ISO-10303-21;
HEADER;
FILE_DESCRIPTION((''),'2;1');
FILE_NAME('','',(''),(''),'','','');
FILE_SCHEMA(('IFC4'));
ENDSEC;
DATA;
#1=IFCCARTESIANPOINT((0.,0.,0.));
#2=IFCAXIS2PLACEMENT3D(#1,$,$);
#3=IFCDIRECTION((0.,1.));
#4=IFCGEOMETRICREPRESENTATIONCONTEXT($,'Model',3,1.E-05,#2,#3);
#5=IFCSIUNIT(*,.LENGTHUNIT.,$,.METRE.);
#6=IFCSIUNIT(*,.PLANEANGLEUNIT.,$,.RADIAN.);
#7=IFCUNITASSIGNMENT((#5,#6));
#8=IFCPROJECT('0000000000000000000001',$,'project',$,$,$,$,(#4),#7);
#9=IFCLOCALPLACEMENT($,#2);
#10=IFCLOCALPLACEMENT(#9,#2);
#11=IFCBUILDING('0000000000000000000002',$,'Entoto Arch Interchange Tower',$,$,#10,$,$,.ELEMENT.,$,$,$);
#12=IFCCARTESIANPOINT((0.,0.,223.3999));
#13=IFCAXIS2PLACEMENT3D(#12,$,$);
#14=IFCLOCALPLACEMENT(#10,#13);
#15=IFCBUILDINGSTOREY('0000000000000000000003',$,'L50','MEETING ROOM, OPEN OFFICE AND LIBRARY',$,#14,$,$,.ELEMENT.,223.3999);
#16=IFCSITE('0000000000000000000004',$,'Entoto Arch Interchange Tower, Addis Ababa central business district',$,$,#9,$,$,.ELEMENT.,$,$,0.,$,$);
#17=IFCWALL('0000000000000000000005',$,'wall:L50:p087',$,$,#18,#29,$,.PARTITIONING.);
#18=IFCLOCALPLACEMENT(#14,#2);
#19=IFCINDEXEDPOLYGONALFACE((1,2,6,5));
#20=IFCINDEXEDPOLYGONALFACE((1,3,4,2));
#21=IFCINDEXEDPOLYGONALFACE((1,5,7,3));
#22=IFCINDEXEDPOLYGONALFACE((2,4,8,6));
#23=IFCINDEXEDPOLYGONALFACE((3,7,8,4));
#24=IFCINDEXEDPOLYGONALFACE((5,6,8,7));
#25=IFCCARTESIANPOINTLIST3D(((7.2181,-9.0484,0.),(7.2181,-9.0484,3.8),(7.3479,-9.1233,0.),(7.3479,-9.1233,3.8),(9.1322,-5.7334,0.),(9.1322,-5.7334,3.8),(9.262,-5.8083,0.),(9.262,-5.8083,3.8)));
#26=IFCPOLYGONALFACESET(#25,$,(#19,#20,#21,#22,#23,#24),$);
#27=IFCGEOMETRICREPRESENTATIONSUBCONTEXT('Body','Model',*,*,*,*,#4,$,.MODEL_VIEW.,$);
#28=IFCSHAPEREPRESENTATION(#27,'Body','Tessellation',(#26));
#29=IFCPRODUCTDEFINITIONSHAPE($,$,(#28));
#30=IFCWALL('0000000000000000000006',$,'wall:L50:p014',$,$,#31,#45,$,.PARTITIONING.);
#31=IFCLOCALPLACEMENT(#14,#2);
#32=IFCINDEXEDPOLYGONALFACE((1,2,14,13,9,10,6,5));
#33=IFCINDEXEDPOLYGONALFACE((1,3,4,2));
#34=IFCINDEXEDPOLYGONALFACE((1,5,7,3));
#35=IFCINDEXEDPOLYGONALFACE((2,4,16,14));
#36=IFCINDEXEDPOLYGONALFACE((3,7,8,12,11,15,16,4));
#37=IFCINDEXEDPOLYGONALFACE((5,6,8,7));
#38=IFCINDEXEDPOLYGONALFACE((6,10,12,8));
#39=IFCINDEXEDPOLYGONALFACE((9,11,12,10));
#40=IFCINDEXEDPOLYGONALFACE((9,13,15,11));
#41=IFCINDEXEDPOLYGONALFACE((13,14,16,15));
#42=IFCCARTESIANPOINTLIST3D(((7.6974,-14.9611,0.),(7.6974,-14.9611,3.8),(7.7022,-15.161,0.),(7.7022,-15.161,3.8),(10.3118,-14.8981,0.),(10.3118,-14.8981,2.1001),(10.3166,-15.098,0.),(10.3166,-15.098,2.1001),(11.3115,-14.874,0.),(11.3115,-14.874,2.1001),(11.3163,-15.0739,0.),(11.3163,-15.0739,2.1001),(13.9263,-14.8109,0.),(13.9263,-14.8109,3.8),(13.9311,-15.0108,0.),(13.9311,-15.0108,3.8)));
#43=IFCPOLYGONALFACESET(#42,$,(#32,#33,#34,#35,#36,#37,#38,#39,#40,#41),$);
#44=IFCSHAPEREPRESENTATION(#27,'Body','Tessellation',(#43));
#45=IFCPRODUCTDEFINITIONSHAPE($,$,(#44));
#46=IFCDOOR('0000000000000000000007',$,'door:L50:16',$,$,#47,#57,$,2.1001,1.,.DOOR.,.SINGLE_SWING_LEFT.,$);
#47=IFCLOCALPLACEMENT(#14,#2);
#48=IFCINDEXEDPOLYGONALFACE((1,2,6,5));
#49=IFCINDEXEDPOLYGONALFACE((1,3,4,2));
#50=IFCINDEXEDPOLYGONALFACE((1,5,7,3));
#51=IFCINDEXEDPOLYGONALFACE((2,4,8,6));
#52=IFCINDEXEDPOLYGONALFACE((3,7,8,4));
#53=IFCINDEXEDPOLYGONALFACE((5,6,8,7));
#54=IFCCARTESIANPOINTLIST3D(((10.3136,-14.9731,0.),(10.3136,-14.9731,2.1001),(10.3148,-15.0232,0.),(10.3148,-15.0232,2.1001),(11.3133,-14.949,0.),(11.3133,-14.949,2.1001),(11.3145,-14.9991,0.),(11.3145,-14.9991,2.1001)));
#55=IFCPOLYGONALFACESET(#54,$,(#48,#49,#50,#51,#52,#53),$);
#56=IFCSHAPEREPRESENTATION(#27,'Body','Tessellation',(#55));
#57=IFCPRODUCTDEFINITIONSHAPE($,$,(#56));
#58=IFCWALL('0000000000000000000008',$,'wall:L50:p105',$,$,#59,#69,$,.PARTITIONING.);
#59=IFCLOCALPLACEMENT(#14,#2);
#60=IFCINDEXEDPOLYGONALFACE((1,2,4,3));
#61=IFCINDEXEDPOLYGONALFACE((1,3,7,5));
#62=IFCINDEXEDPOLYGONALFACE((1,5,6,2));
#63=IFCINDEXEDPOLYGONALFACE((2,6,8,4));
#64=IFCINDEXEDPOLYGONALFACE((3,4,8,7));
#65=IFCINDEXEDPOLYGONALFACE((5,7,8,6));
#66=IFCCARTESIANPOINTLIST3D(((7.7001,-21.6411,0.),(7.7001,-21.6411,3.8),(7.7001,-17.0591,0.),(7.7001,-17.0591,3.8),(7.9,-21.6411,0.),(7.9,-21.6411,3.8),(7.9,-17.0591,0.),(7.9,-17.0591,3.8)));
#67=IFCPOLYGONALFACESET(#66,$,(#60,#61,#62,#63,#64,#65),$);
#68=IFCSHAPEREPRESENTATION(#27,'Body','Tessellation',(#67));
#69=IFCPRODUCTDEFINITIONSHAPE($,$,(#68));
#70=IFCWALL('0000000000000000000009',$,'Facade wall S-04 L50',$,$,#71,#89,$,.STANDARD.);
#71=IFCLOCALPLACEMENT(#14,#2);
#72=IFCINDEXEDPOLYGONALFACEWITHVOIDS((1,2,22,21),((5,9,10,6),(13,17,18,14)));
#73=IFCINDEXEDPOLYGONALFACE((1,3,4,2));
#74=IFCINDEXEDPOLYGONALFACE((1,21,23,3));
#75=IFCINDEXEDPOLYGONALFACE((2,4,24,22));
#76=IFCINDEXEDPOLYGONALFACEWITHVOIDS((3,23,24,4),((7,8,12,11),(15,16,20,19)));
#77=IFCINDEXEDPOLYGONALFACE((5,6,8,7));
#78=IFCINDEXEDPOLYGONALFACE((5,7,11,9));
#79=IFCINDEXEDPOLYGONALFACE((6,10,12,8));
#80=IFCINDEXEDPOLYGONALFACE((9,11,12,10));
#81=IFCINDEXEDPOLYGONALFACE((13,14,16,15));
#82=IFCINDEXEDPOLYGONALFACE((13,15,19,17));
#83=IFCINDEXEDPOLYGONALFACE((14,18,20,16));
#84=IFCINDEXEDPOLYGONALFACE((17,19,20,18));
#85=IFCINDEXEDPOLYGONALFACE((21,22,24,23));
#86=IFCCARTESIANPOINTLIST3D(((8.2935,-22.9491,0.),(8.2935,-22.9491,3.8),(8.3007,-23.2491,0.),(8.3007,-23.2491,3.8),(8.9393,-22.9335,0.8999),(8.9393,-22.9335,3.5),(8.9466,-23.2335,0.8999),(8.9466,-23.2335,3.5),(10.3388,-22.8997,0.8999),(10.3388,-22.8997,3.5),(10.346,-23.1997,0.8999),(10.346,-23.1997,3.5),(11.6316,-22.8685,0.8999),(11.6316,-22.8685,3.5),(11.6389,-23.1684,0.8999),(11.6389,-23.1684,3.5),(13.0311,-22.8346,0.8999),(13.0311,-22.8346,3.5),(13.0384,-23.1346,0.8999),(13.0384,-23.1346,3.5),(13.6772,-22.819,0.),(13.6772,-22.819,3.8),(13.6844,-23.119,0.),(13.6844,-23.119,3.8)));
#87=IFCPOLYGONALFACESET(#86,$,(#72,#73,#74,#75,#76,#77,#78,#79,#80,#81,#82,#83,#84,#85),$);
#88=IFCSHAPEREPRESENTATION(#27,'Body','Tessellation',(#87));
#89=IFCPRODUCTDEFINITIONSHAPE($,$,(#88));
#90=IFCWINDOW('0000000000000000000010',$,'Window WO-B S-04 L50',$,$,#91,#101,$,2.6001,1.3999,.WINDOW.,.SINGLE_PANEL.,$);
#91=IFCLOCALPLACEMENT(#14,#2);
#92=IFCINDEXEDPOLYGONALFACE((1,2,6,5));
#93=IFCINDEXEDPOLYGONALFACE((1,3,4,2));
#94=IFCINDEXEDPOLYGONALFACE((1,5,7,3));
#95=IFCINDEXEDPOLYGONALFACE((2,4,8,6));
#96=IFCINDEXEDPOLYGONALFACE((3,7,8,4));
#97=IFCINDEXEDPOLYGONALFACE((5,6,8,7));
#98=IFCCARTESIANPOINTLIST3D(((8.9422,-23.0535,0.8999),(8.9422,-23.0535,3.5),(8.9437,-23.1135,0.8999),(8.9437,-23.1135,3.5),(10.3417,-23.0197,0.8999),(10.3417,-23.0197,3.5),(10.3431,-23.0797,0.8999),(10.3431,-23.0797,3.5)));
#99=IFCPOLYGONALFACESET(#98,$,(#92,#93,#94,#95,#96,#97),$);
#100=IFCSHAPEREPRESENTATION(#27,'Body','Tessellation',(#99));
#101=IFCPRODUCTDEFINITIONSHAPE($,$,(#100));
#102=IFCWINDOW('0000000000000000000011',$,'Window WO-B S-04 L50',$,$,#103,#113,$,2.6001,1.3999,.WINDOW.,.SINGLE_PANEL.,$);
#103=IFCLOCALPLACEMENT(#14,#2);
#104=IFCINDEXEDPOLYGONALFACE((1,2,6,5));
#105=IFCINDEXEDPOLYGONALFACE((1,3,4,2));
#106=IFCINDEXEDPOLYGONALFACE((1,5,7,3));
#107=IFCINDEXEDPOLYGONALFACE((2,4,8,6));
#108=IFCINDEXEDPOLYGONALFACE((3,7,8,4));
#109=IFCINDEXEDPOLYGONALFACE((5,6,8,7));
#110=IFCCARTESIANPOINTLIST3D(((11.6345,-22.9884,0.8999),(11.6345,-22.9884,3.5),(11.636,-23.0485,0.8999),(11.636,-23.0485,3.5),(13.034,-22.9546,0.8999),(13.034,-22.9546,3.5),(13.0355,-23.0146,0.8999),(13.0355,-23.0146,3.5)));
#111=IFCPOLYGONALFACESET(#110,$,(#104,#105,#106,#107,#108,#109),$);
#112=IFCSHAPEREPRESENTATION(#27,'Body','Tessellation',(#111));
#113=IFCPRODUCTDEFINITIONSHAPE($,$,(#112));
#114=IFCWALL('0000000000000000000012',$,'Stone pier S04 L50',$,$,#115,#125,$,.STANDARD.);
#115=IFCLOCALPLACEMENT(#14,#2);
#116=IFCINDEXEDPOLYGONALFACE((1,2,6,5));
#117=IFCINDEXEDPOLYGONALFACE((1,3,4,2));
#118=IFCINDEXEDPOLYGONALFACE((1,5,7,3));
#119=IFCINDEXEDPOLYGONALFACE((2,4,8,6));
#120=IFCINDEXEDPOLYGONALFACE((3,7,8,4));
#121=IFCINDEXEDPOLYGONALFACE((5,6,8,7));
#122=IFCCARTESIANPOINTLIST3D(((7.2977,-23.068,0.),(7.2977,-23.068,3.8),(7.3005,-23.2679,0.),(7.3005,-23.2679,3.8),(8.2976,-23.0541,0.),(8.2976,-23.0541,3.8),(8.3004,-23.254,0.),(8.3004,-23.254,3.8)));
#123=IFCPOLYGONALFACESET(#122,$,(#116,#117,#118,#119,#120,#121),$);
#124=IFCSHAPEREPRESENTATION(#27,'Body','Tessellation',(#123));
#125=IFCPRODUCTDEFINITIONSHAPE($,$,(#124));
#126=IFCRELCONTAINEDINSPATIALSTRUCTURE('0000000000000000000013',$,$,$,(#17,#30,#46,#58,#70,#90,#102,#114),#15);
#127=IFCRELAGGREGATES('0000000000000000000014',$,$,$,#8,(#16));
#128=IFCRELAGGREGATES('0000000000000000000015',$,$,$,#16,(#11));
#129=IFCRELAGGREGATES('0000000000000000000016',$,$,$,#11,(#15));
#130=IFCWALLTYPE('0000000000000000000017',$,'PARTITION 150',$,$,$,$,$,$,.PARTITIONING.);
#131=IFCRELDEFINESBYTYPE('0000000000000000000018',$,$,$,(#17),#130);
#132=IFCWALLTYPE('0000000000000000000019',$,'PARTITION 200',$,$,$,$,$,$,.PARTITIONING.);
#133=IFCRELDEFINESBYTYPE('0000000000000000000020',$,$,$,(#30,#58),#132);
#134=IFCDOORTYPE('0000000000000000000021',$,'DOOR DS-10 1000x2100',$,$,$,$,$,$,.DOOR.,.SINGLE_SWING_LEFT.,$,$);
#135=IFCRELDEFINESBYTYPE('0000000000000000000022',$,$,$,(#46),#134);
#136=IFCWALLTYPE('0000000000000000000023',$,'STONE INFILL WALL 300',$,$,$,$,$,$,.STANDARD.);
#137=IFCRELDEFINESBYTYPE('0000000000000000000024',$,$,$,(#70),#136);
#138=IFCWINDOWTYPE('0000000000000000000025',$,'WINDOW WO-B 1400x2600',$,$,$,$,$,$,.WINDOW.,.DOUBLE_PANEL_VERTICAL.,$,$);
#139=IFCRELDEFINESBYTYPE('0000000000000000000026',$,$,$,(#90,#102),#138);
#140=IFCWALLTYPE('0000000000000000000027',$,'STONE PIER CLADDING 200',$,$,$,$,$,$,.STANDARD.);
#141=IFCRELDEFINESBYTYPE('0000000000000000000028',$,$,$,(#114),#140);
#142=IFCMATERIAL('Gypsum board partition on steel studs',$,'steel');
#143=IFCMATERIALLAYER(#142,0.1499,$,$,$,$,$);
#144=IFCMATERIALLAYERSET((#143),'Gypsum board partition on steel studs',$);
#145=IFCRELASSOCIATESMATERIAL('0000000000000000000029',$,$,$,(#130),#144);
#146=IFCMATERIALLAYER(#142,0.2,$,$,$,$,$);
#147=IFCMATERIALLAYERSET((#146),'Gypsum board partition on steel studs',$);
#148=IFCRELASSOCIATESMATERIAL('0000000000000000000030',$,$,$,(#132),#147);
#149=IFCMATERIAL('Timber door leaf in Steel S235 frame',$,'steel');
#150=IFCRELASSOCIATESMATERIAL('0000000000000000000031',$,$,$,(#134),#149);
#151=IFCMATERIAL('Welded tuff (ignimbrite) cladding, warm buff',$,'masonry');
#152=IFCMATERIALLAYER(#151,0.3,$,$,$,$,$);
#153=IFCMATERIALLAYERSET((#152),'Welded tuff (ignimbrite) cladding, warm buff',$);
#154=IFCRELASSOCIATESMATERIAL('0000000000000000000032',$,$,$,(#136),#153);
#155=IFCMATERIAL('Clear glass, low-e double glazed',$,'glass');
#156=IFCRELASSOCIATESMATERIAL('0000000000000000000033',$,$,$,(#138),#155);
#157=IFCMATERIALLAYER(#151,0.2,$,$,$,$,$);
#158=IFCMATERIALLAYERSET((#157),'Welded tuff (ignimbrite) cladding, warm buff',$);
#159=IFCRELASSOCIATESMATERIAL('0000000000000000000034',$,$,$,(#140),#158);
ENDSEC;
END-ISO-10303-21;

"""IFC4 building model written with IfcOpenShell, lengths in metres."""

from ifc_helpers import new_model, si_unit, direction, frame, frame_2d, origin, place, context, subcontext, project, spatial, rectangle, extrude, material, layer, layer_set, type_object, element, fill, save


model = new_model("IFC4")

# Units and contexts
model_context = context("Model", 3, precision=1e-05, world=origin(), true_north=direction((0.0, 1.0)))
body_context = subcontext(model_context, "Body", "Model", "MODEL_VIEW")
ifc_project = project(units=[si_unit("LENGTHUNIT", "METRE"), si_unit("PLANEANGLEUNIT", "RADIAN")], contexts=[model_context])

# Site, building, storey
site_placement = place(None, origin())
site = spatial("IfcSite", under=ifc_project, at=site_placement, Name="Entoto Arch Interchange Tower, Addis Ababa central business district", CompositionType="ELEMENT", RefElevation=0.0)
building_placement = place(site_placement, origin())
building = spatial("IfcBuilding", under=site, at=building_placement, Name="Entoto Arch Interchange Tower", CompositionType="ELEMENT")
storey_placement = place(building_placement, frame((0.0, 0.0, 223.3999)))
storey = spatial("IfcBuildingStorey", under=building, at=storey_placement, Name="L50", Description="MEETING ROOM, OPEN OFFICE AND LIBRARY", CompositionType="ELEMENT", Elevation=223.3999)

# Shared definitions
ifc_material_1 = material(Name="Clear glass, low-e double glazed", Category="glass")

# Wall
ifc_material_2 = material(Name="Gypsum board partition on steel studs", Category="steel")
ifc_layer_1 = layer(ifc_material_2, 0.1499)
ifc_layer_set_1 = layer_set([ifc_layer_1], Name="Gypsum board partition on steel studs")
wall_type_1 = type_object("IfcWallType", Name="PARTITION 150", PredefinedType="PARTITIONING", material=ifc_layer_set_1)
wall_1_placement = place(storey_placement, frame((7.283, -9.0859, 0.0), z_axis=(0.0, 0.0, 1.0), x_axis=(0.500035, 0.866005, 0.0)))
element("IfcWall", 1, at=wall_1_placement, inside=storey, type_object=wall_type_1, Name="wall:L50:p087", PredefinedType="PARTITIONING", context=body_context, shape_type="SweptSolid", body=[
    extrude(rectangle(XDim=3.8279, YDim=0.1499, at=frame_2d((1.9141, 0.0))), origin(), (0.0, 0.0, 1.0), 3.8),
])

# Wall, opening, door
ifc_layer_2 = layer(ifc_material_2, 0.2)
ifc_layer_set_2 = layer_set([ifc_layer_2], Name="Gypsum board partition on steel studs")
wall_type_2 = type_object("IfcWallType", Name="PARTITION 200", PredefinedType="PARTITIONING", material=ifc_layer_set_2)
wall_2_placement = place(storey_placement, frame((7.7, -15.061, 0.0), z_axis=(0.0, 0.0, 1.0), x_axis=(0.99971, 0.024097, 0.0)))
wall_2 = element("IfcWall", 2, at=wall_2_placement, inside=storey, type_object=wall_type_2, Name="wall:L50:p014", PredefinedType="PARTITIONING", context=body_context, shape_type="SweptSolid", body=[
    extrude(rectangle(XDim=6.2307, YDim=0.2, at=frame_2d((3.1152, 0.0))), origin(), (0.0, 0.0, 1.0), 3.8),
])
opening_1_placement = place(wall_2_placement, frame((2.615, 0.0, 0.0)))
opening_1 = element("IfcOpeningElement", 3, at=opening_1_placement, cuts=wall_2, PredefinedType="OPENING", context=body_context, shape_type="SweptSolid", body=[
    extrude(rectangle(XDim=1.0, YDim=2.1001, at=frame_2d((0.5, 1.05))), frame((0.0, 0.1099, 0.0), z_axis=(0.0, -1.0, 0.0), x_axis=(1.0, 0.0, 0.0)), (0.0, 0.0, 1.0), 0.22),
])
ifc_material_3 = material(Name="Timber door leaf in Steel S235 frame", Category="steel")
door_type = type_object("IfcDoorType", Name="DOOR DS-10 1000x2100", OperationType="SINGLE_SWING_LEFT", PredefinedType="DOOR", material=ifc_material_3)
door_placement = place(opening_1_placement, origin())
door = element("IfcDoor", 4, at=door_placement, inside=storey, type_object=door_type, Name="door:L50:16", OperationType="SINGLE_SWING_LEFT", OverallHeight=2.1001, OverallWidth=1.0, PredefinedType="DOOR", context=body_context, shape_type="SweptSolid", body=[
    extrude(rectangle(XDim=1.0, YDim=2.1001, at=frame_2d((0.5, 1.05))), frame((0.0, 0.0249, 0.0), z_axis=(0.0, -1.0, 0.0), x_axis=(1.0, 0.0, 0.0)), (0.0, 0.0, 1.0), 0.05),
])
fill(opening_1, door)

# Wall
wall_3_placement = place(storey_placement, frame((7.8, -17.0591, 0.0), z_axis=(0.0, 0.0, 1.0), x_axis=(0.0, -1.0, 0.0)))
element("IfcWall", 5, at=wall_3_placement, inside=storey, type_object=wall_type_2, Name="wall:L50:p105", PredefinedType="PARTITIONING", context=body_context, shape_type="SweptSolid", body=[
    extrude(rectangle(XDim=4.582, YDim=0.2, at=frame_2d((2.291, 0.0))), origin(), (0.0, 0.0, 1.0), 3.8),
])

# Wall, openings, windows
ifc_material_4 = material(Name="Welded tuff (ignimbrite) cladding, warm buff", Category="masonry")
ifc_layer_3 = layer(ifc_material_4, 0.3)
ifc_layer_set_3 = layer_set([ifc_layer_3], Name="Welded tuff (ignimbrite) cladding, warm buff")
wall_type_3 = type_object("IfcWallType", Name="STONE INFILL WALL 300", PredefinedType="STANDARD", material=ifc_layer_set_3)
wall_4_placement = place(storey_placement, frame((8.2971, -23.0991, 0.0), z_axis=(0.0, 0.0, 1.0), x_axis=(0.999708, 0.024163, 0.0)))
wall_4 = element("IfcWall", 6, at=wall_4_placement, inside=storey, type_object=wall_type_3, Name="Facade wall S-04 L50", PredefinedType="STANDARD", context=body_context, shape_type="SweptSolid", body=[
    extrude(rectangle(XDim=5.3853, YDim=0.3, at=frame_2d((2.6926, 0.0))), origin(), (0.0, 0.0, 1.0), 3.8),
])
opening_2_placement = place(wall_4_placement, frame((0.646, 0.0, 0.8999)))
opening_2 = element("IfcOpeningElement", 7, at=opening_2_placement, cuts=wall_4, PredefinedType="OPENING", context=body_context, shape_type="SweptSolid", body=[
    extrude(rectangle(XDim=1.3999, YDim=2.6001, at=frame_2d((0.7, 1.3))), frame((0.0, 0.1602, 0.0), z_axis=(0.0, -1.0, 0.0), x_axis=(1.0, 0.0, 0.0)), (0.0, 0.0, 1.0), 0.3201),
])
opening_3_placement = place(wall_4_placement, frame((3.3391, 0.0, 0.8999)))
opening_3 = element("IfcOpeningElement", 8, at=opening_3_placement, cuts=wall_4, PredefinedType="OPENING", context=body_context, shape_type="SweptSolid", body=[
    extrude(rectangle(XDim=1.3999, YDim=2.6001, at=frame_2d((0.7, 1.3))), frame((0.0, 0.1602, 0.0), z_axis=(0.0, -1.0, 0.0), x_axis=(1.0, 0.0, 0.0)), (0.0, 0.0, 1.0), 0.3201),
])
window_type = type_object("IfcWindowType", Name="WINDOW WO-B 1400x2600", PartitioningType="DOUBLE_PANEL_VERTICAL", PredefinedType="WINDOW", material=ifc_material_1)
window_1_placement = place(opening_2_placement, origin())
window_1 = element("IfcWindow", 9, at=window_1_placement, inside=storey, type_object=window_type, Name="Window WO-B S-04 L50", OverallHeight=2.6001, OverallWidth=1.3999, PartitioningType="SINGLE_PANEL", PredefinedType="WINDOW", context=body_context, shape_type="SweptSolid", body=[
    extrude(rectangle(XDim=1.3999, YDim=2.6001, at=frame_2d((0.7, 1.3))), frame((0.0, 0.03, 0.0), z_axis=(0.0, -1.0, 0.0), x_axis=(1.0, 0.0, 0.0)), (0.0, 0.0, 1.0), 0.0601),
])
fill(opening_2, window_1)
window_2_placement = place(opening_3_placement, origin())
window_2 = element("IfcWindow", 10, at=window_2_placement, inside=storey, type_object=window_type, Name="Window WO-B S-04 L50", OverallHeight=2.6001, OverallWidth=1.3999, PartitioningType="SINGLE_PANEL", PredefinedType="WINDOW", context=body_context, shape_type="SweptSolid", body=[
    extrude(rectangle(XDim=1.3999, YDim=2.6001, at=frame_2d((0.7, 1.3))), frame((0.0, 0.03, 0.0), z_axis=(0.0, -1.0, 0.0), x_axis=(1.0, 0.0, 0.0)), (0.0, 0.0, 1.0), 0.0601),
])
fill(opening_3, window_2)

# Wall
ifc_layer_4 = layer(ifc_material_4, 0.2)
ifc_layer_set_4 = layer_set([ifc_layer_4], Name="Welded tuff (ignimbrite) cladding, warm buff")
wall_type_4 = type_object("IfcWallType", Name="STONE PIER CLADDING 200", PredefinedType="STANDARD", material=ifc_layer_set_4)
wall_5_placement = place(storey_placement, frame((7.2991, -23.168, 0.0), z_axis=(0.0, 0.0, 1.0), x_axis=(0.999903, 0.013915, 0.0)))
element("IfcWall", 11, at=wall_5_placement, inside=storey, type_object=wall_type_4, Name="Stone pier S04 L50", PredefinedType="STANDARD", context=body_context, shape_type="SweptSolid", body=[
    extrude(rectangle(XDim=1.0, YDim=0.2, at=frame_2d((0.5, 0.0))), origin(), (0.0, 0.0, 1.0), 3.8),
])

save(model, "model.ifc")
